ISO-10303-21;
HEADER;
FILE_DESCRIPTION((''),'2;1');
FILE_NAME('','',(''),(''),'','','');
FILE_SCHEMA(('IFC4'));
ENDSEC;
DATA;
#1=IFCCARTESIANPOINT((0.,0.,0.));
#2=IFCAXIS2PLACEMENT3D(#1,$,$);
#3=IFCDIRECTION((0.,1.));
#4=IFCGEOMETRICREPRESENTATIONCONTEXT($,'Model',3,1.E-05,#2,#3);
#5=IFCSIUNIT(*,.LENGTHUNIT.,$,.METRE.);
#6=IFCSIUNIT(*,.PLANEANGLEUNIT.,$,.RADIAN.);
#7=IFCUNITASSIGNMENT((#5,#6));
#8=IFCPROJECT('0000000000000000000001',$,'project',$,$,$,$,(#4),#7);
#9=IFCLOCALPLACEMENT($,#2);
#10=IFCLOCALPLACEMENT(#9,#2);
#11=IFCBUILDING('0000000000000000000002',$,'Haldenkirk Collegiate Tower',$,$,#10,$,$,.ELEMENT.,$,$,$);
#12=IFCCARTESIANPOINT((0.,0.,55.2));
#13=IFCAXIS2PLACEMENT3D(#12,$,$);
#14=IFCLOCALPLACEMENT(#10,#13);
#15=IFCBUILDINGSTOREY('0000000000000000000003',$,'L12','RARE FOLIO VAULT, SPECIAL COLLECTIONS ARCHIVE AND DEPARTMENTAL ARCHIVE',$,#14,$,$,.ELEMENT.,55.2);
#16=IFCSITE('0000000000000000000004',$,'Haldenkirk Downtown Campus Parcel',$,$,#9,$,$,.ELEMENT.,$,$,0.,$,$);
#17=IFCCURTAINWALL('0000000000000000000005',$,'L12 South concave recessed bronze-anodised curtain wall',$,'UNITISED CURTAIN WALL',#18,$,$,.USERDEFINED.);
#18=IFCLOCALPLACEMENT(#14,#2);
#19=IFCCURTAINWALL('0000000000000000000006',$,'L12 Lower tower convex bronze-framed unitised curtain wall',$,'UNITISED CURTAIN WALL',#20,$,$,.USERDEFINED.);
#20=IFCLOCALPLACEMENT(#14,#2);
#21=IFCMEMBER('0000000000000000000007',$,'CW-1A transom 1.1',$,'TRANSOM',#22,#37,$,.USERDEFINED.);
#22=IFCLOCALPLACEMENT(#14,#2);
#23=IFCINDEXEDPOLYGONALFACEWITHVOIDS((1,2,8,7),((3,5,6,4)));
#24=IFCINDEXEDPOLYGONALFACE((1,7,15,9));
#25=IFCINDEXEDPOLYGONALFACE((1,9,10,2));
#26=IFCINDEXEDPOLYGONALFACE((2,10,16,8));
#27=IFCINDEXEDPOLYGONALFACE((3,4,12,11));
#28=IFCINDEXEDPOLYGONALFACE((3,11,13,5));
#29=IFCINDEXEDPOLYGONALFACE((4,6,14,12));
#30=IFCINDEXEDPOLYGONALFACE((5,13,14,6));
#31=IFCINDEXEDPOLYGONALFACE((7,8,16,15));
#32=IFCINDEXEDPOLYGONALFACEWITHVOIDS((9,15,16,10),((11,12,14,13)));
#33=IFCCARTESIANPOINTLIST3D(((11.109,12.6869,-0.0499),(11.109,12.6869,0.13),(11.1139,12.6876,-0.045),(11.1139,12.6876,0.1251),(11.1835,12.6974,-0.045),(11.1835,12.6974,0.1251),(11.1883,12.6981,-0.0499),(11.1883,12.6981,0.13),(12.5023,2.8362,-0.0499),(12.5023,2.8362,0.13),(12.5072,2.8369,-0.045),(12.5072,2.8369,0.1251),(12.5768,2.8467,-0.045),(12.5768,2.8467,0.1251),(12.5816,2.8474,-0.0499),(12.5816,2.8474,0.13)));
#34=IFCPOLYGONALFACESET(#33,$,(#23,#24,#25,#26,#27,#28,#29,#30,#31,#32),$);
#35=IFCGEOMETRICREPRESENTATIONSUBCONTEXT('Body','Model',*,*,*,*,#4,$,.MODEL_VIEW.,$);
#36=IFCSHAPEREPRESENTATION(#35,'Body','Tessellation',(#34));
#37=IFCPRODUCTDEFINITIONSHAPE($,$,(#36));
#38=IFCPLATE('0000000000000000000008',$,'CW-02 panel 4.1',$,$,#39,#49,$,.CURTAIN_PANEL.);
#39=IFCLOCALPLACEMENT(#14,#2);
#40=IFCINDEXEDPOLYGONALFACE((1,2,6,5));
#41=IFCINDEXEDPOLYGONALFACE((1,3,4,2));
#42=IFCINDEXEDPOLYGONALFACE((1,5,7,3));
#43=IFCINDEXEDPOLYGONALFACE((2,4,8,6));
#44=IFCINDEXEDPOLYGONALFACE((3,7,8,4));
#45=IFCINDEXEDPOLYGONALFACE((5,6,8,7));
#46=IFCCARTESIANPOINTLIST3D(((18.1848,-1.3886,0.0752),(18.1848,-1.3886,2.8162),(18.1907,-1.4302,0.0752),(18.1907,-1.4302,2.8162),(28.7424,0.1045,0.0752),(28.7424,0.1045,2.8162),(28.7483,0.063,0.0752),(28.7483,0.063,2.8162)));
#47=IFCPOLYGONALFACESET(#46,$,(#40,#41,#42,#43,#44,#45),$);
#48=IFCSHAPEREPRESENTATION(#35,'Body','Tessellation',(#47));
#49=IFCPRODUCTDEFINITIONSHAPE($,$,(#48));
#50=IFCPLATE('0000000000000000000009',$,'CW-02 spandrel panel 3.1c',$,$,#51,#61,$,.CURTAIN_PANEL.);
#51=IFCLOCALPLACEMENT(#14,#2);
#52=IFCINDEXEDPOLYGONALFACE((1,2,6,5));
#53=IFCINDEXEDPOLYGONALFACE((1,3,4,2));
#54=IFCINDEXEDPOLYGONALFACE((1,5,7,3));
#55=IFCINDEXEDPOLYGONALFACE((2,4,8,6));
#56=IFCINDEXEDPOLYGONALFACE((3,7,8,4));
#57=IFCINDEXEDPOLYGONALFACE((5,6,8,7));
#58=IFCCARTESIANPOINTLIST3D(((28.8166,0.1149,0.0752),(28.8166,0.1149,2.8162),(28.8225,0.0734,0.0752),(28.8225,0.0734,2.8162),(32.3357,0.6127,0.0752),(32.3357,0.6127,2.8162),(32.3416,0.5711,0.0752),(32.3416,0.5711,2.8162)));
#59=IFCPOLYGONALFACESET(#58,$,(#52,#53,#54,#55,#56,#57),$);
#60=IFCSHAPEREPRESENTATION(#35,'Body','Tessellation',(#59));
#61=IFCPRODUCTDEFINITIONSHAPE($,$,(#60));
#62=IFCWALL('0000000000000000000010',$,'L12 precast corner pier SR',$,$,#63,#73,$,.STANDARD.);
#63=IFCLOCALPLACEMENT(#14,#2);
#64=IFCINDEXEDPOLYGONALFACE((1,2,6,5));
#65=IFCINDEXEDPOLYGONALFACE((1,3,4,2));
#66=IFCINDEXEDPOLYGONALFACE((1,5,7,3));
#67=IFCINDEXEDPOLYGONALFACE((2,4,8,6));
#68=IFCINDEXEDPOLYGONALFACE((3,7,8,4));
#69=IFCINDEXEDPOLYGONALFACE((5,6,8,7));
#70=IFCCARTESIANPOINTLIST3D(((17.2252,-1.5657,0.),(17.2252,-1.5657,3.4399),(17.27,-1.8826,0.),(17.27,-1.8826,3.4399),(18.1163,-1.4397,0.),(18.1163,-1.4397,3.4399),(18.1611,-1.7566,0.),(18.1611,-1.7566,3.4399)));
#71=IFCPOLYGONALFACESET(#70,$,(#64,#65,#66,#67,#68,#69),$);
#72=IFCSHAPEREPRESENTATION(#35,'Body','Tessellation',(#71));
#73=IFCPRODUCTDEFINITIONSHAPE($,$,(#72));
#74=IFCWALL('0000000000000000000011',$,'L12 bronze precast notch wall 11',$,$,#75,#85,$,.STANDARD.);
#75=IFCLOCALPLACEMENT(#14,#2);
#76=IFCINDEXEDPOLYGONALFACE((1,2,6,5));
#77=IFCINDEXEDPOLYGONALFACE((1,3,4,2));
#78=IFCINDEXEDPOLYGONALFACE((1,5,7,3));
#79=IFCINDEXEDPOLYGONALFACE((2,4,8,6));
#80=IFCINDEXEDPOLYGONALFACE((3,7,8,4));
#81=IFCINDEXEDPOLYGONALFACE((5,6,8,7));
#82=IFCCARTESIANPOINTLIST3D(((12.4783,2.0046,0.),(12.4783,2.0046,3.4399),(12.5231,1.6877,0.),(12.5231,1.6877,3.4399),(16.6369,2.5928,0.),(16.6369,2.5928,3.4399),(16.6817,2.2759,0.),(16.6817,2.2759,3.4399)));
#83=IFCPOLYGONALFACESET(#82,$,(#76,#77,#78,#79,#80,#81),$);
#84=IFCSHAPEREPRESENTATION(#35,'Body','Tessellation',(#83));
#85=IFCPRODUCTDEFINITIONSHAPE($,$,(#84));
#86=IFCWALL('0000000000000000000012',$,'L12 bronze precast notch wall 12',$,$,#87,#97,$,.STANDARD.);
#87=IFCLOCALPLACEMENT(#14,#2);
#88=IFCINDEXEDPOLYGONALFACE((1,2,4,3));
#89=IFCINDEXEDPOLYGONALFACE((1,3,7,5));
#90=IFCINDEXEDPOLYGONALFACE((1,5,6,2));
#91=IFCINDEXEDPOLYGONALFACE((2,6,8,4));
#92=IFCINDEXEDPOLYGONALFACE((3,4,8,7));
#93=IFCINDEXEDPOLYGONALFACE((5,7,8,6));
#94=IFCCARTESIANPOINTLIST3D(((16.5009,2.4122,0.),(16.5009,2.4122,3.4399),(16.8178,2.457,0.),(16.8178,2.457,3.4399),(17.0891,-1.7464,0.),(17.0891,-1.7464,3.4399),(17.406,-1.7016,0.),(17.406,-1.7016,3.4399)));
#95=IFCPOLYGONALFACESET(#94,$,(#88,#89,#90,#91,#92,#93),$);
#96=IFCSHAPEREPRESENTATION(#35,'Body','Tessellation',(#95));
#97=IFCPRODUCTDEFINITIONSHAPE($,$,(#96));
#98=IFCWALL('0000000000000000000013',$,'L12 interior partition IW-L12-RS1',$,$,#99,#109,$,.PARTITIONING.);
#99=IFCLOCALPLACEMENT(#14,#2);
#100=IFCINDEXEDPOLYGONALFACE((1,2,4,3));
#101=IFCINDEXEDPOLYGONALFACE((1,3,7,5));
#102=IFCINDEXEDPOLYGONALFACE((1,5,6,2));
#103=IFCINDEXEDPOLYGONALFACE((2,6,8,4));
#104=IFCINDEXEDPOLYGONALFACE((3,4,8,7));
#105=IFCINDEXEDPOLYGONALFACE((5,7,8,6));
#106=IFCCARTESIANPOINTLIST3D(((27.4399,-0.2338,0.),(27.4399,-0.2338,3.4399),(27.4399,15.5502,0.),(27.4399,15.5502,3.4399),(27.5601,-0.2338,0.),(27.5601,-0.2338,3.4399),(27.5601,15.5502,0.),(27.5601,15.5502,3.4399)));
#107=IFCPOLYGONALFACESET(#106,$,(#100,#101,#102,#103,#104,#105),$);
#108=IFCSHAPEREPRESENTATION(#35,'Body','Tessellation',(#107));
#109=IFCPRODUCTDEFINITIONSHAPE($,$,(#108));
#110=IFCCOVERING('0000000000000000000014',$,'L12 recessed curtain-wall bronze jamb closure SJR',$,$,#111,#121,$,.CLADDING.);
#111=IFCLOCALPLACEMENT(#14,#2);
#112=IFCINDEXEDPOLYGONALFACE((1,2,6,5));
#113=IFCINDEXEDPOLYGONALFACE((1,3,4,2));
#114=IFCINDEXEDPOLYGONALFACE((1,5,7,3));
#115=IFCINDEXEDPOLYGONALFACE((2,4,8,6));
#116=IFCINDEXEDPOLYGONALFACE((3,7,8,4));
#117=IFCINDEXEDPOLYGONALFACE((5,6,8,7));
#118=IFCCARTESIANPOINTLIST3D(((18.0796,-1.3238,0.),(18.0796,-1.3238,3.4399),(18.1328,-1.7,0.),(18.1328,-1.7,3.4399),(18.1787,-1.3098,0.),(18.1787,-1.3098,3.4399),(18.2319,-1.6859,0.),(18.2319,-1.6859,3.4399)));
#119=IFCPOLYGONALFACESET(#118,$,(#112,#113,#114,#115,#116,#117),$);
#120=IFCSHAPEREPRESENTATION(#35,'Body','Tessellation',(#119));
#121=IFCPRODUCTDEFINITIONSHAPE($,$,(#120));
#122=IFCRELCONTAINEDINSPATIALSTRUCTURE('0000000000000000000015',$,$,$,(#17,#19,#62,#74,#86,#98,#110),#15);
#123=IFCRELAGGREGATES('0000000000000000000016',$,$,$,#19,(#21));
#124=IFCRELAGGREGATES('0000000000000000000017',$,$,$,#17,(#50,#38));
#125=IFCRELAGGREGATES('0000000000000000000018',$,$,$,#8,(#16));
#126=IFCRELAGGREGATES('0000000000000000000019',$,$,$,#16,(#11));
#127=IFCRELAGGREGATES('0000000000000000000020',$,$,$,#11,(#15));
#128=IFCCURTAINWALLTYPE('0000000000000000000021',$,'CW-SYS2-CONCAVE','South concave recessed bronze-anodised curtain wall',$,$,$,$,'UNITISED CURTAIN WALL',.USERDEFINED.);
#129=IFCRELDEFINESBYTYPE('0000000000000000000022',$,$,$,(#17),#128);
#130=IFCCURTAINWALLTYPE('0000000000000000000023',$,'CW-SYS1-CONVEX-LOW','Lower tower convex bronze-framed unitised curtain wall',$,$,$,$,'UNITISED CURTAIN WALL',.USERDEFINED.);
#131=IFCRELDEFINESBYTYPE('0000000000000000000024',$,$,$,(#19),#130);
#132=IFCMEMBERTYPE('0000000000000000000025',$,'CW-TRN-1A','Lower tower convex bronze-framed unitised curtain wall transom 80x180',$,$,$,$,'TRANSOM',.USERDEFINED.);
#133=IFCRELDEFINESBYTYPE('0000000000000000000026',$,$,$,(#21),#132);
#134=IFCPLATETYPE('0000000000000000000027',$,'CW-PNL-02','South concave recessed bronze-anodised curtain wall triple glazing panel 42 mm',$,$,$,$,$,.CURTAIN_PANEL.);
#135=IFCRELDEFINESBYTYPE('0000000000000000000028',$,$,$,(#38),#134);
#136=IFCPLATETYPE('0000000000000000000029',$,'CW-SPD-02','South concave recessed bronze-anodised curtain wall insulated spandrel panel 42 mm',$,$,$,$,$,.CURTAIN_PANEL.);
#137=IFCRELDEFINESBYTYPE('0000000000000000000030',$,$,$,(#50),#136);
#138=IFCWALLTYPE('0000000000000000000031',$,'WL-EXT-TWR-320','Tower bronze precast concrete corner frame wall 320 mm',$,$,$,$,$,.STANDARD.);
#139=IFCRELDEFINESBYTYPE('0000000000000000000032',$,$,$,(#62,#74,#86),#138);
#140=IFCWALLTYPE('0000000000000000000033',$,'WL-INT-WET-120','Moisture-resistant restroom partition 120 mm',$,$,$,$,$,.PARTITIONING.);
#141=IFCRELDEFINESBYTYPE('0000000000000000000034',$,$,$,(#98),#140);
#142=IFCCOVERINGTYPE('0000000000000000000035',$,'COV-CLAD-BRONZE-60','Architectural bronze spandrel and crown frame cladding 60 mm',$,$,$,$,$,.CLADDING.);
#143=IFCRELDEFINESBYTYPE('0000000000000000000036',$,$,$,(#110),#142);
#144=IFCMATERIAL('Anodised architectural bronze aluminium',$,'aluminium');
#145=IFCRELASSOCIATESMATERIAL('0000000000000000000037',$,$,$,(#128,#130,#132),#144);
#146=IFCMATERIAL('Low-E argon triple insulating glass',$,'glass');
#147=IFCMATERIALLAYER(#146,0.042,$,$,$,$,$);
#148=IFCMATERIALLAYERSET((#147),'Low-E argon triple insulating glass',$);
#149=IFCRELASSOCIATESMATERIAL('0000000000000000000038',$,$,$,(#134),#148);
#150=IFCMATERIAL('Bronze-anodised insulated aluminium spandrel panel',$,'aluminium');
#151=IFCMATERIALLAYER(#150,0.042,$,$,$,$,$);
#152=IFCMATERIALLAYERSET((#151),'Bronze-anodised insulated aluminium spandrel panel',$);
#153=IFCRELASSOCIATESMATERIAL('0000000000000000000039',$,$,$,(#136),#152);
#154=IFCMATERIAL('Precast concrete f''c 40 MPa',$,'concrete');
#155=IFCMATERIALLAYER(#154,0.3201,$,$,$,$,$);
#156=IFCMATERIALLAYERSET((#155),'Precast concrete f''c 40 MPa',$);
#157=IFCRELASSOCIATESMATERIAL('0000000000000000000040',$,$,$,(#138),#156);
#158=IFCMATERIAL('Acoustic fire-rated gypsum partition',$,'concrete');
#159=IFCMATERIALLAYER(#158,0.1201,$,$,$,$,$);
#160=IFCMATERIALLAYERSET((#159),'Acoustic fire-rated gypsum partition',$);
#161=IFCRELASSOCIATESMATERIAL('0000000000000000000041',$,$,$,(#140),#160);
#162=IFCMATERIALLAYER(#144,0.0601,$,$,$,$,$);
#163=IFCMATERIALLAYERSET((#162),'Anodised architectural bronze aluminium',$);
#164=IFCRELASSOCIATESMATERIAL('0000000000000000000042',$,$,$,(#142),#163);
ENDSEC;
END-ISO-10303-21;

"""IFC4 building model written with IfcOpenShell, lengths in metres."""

from ifc_helpers import new_model, si_unit, direction, frame, frame_2d, origin, origin_2d, place, context, subcontext, project, spatial, rectangle, hollow_rectangle, extrude, source, transform, mapped, material, layer, layer_set, material_profile, profile_set, type_object, element, aggregate, save


model = new_model("IFC4")

# Units and contexts
model_context = context("Model", 3, precision=1e-05, world=origin(), true_north=direction((0.0, 1.0)))
body_context = subcontext(model_context, "Body", "Model", "MODEL_VIEW")
ifc_project = project(units=[si_unit("LENGTHUNIT", "METRE"), si_unit("PLANEANGLEUNIT", "RADIAN")], contexts=[model_context])

# Site, building, storey
site_placement = place(None, origin())
site = spatial("IfcSite", under=ifc_project, at=site_placement, Name="Haldenkirk Downtown Campus Parcel", CompositionType="ELEMENT", RefElevation=0.0)
building_placement = place(site_placement, origin())
building = spatial("IfcBuilding", under=site, at=building_placement, Name="Haldenkirk Collegiate Tower", CompositionType="ELEMENT")
storey_placement = place(building_placement, frame((0.0, 0.0, 55.2)))
storey = spatial("IfcBuildingStorey", under=building, at=storey_placement, Name="L12", Description="RARE FOLIO VAULT, SPECIAL COLLECTIONS ARCHIVE AND DEPARTMENTAL ARCHIVE", CompositionType="ELEMENT", Elevation=55.2)

# Curtain wall
ifc_material_1 = material(Name="Anodised architectural bronze aluminium", Category="aluminium")
curtain_wall_type_1 = type_object("IfcCurtainWallType", Name="CW-SYS2-CONCAVE", Description="South concave recessed bronze-anodised curtain wall", ElementType="UNITISED CURTAIN WALL", PredefinedType="USERDEFINED", material=ifc_material_1)
curtain_wall_1_placement = place(storey_placement, origin())
curtain_wall_1 = element("IfcCurtainWall", 1, at=curtain_wall_1_placement, inside=storey, type_object=curtain_wall_type_1, Name="L12 South concave recessed bronze-anodised curtain wall", ObjectType="UNITISED CURTAIN WALL", PredefinedType="USERDEFINED")

# Curtain wall
curtain_wall_type_2 = type_object("IfcCurtainWallType", Name="CW-SYS1-CONVEX-LOW", Description="Lower tower convex bronze-framed unitised curtain wall", ElementType="UNITISED CURTAIN WALL", PredefinedType="USERDEFINED", material=ifc_material_1)
curtain_wall_2_placement = place(storey_placement, origin())
curtain_wall_2 = element("IfcCurtainWall", 2, at=curtain_wall_2_placement, inside=storey, type_object=curtain_wall_type_2, Name="L12 Lower tower convex bronze-framed unitised curtain wall", ObjectType="UNITISED CURTAIN WALL", PredefinedType="USERDEFINED")

# Member
ifc_material_profile_1 = material_profile(ifc_material_1, hollow_rectangle(XDim=0.0801, YDim=0.1799, WallThickness=0.0049, at=origin_2d()), Name="CW-TRN-1A")
ifc_profile_set_1 = profile_set([ifc_material_profile_1], Name="Anodised architectural bronze aluminium")
member_type_1 = type_object("IfcMemberType", Name="CW-TRN-1A", Description="Lower tower convex bronze-framed unitised curtain wall transom 80x180", ElementType="TRANSOM", PredefinedType="USERDEFINED", material=ifc_profile_set_1)
member_1_placement = place(storey_placement, frame((12.542, 2.8418, 0.04), z_axis=(-0.14005, 0.990144, 0.0), x_axis=(-0.990144, -0.14005, 0.0)))
member_1 = element("IfcMember", 3, at=member_1_placement, type_object=member_type_1, Name="CW-1A transom 1.1", ObjectType="TRANSOM", PredefinedType="USERDEFINED", context=body_context, shape_type="SweptSolid", body=[
    extrude(hollow_rectangle(XDim=0.0801, YDim=0.1799, WallThickness=0.0049, at=origin_2d()), origin(), (0.0, 0.0, 1.0), 9.9487),
])
aggregate(curtain_wall_2, [member_1])

# Plates
ifc_material_2 = material(Name="Low-E argon triple insulating glass", Category="glass")
ifc_layer_1 = layer(ifc_material_2, 0.042)
ifc_layer_set_1 = layer_set([ifc_layer_1], Name="Low-E argon triple insulating glass")
plate_type_1 = type_object("IfcPlateType", Name="CW-PNL-02", Description="South concave recessed bronze-anodised curtain wall triple glazing panel 42 mm", PredefinedType="CURTAIN_PANEL", material=ifc_layer_set_1)
shared_shape_1 = source(origin(), body_context, "Body", "SweptSolid", [
    extrude(rectangle(XDim=10.6626, YDim=0.042, at=origin_2d()), origin(), (0.0, 0.0, 1.0), 2.741),
])
plate_1_placement = place(storey_placement, frame((23.4666, -0.6628, 0.0752), z_axis=(0.0, 0.0, 1.0), x_axis=(-0.990146, -0.140039, 0.0)))
plate_1 = element("IfcPlate", 4, at=plate_1_placement, type_object=plate_type_1, Name="CW-02 panel 4.1", PredefinedType="CURTAIN_PANEL", context=body_context, shape_type="MappedRepresentation", body=[
    mapped(shared_shape_1, transform((0.0, 0.0, 0.0), x_axis=(1.0, 0.0, 0.0), y_axis=(0.0, 1.0, 0.0), z_axis=(0.0, 0.0, 1.0), scale=1.0)),
])
ifc_material_3 = material(Name="Bronze-anodised insulated aluminium spandrel panel", Category="aluminium")
ifc_layer_2 = layer(ifc_material_3, 0.042)
ifc_layer_set_2 = layer_set([ifc_layer_2], Name="Bronze-anodised insulated aluminium spandrel panel")
plate_type_2 = type_object("IfcPlateType", Name="CW-SPD-02", Description="South concave recessed bronze-anodised curtain wall insulated spandrel panel 42 mm", PredefinedType="CURTAIN_PANEL", material=ifc_layer_set_2)
shared_shape_2 = source(origin(), body_context, "Body", "SweptSolid", [
    extrude(rectangle(XDim=3.5542, YDim=0.042, at=origin_2d()), origin(), (0.0, 0.0, 1.0), 2.741),
])
plate_2_placement = place(storey_placement, frame((30.5791, 0.343, 0.0752), z_axis=(0.0, 0.0, 1.0), x_axis=(-0.990146, -0.140039, 0.0)))
plate_2 = element("IfcPlate", 5, at=plate_2_placement, type_object=plate_type_2, Name="CW-02 spandrel panel 3.1c", PredefinedType="CURTAIN_PANEL", context=body_context, shape_type="MappedRepresentation", body=[
    mapped(shared_shape_2, transform((0.0, 0.0, 0.0), x_axis=(1.0, 0.0, 0.0), y_axis=(0.0, 1.0, 0.0), z_axis=(0.0, 0.0, 1.0), scale=1.0)),
])
aggregate(curtain_wall_1, [plate_2, plate_1])

# Walls
ifc_material_4 = material(Name="Precast concrete f'c 40 MPa", Category="concrete")
ifc_layer_3 = layer(ifc_material_4, 0.3201)
ifc_layer_set_3 = layer_set([ifc_layer_3], Name="Precast concrete f'c 40 MPa")
wall_type_1 = type_object("IfcWallType", Name="WL-EXT-TWR-320", Description="Tower bronze precast concrete corner frame wall 320 mm", PredefinedType="STANDARD", material=ifc_layer_set_3)
wall_1_placement = place(storey_placement, frame((18.1387, -1.5981, 0.0), z_axis=(0.0, 0.0, 1.0), x_axis=(-0.990155, -0.139978, 0.0)))
element("IfcWall", 6, at=wall_1_placement, inside=storey, type_object=wall_type_1, Name="L12 precast corner pier SR", PredefinedType="STANDARD", context=body_context, shape_type="SweptSolid", body=[
    extrude(rectangle(XDim=0.8999, YDim=0.3201, at=frame_2d((0.45, 0.0))), origin(), (0.0, 0.0, 1.0), 3.4399),
])
for number, where, z_axis, x_axis, name in (
    (7, (16.6594, 2.4343, 0.0), (0.0, 0.0, 1.0), (-0.990146, -0.140038, 0.0), "L12 bronze precast notch wall 11"),
    (8, (17.2476, -1.7241, 0.0), (0.0, 0.0, 1.0), (-0.140038, 0.990146, 0.0), "L12 bronze precast notch wall 12"),
):
    element("IfcWall", number, at=place(storey_placement, frame(where, z_axis=z_axis, x_axis=x_axis)), inside=storey, type_object=wall_type_1, Name=name, PredefinedType="STANDARD", context=body_context, shape_type="SweptSolid", body=[
        extrude(rectangle(XDim=4.2, YDim=0.3201, at=frame_2d((2.1001, 0.0))), origin(), (0.0, 0.0, 1.0), 3.4399),
    ])
ifc_material_5 = material(Name="Acoustic fire-rated gypsum partition", Category="concrete")
ifc_layer_4 = layer(ifc_material_5, 0.1201)
ifc_layer_set_4 = layer_set([ifc_layer_4], Name="Acoustic fire-rated gypsum partition")
wall_type_2 = type_object("IfcWallType", Name="WL-INT-WET-120", Description="Moisture-resistant restroom partition 120 mm", PredefinedType="PARTITIONING", material=ifc_layer_set_4)
wall_2_placement = place(storey_placement, frame((27.5, -0.2339, 0.0), z_axis=(0.0, 0.0, 1.0), x_axis=(0.0, 1.0, 0.0)))
element("IfcWall", 9, at=wall_2_placement, inside=storey, type_object=wall_type_2, Name="L12 interior partition IW-L12-RS1", PredefinedType="PARTITIONING", context=body_context, shape_type="SweptSolid", body=[
    extrude(rectangle(XDim=15.7839, YDim=0.1201, at=frame_2d((7.8921, 0.0))), origin(), (0.0, 0.0, 1.0), 3.4399),
])

# Covering
ifc_layer_5 = layer(ifc_material_1, 0.0601)
ifc_layer_set_5 = layer_set([ifc_layer_5], Name="Anodised architectural bronze aluminium")
covering_type = type_object("IfcCoveringType", Name="COV-CLAD-BRONZE-60", Description="Architectural bronze spandrel and crown frame cladding 60 mm", PredefinedType="CLADDING", material=ifc_layer_set_5)
shared_shape_3 = source(origin(), body_context, "Body", "SweptSolid", [
    extrude(rectangle(XDim=0.1001, YDim=0.3799, at=origin_2d()), origin(), (0.0, 0.0, 1.0), 3.4399),
])
covering_placement = place(storey_placement, frame((18.1558, -1.5049, 0.0), z_axis=(0.0, 0.0, 1.0), x_axis=(-0.990146, -0.140037, 0.0)))
element("IfcCovering", 10, at=covering_placement, inside=storey, type_object=covering_type, Name="L12 recessed curtain-wall bronze jamb closure SJR", PredefinedType="CLADDING", context=body_context, shape_type="MappedRepresentation", body=[
    mapped(shared_shape_3, transform((0.0, 0.0, 0.0), x_axis=(1.0, 0.0, 0.0), y_axis=(0.0, 1.0, 0.0), z_axis=(0.0, 0.0, 1.0), scale=1.0)),
])

save(model, "model.ifc")
